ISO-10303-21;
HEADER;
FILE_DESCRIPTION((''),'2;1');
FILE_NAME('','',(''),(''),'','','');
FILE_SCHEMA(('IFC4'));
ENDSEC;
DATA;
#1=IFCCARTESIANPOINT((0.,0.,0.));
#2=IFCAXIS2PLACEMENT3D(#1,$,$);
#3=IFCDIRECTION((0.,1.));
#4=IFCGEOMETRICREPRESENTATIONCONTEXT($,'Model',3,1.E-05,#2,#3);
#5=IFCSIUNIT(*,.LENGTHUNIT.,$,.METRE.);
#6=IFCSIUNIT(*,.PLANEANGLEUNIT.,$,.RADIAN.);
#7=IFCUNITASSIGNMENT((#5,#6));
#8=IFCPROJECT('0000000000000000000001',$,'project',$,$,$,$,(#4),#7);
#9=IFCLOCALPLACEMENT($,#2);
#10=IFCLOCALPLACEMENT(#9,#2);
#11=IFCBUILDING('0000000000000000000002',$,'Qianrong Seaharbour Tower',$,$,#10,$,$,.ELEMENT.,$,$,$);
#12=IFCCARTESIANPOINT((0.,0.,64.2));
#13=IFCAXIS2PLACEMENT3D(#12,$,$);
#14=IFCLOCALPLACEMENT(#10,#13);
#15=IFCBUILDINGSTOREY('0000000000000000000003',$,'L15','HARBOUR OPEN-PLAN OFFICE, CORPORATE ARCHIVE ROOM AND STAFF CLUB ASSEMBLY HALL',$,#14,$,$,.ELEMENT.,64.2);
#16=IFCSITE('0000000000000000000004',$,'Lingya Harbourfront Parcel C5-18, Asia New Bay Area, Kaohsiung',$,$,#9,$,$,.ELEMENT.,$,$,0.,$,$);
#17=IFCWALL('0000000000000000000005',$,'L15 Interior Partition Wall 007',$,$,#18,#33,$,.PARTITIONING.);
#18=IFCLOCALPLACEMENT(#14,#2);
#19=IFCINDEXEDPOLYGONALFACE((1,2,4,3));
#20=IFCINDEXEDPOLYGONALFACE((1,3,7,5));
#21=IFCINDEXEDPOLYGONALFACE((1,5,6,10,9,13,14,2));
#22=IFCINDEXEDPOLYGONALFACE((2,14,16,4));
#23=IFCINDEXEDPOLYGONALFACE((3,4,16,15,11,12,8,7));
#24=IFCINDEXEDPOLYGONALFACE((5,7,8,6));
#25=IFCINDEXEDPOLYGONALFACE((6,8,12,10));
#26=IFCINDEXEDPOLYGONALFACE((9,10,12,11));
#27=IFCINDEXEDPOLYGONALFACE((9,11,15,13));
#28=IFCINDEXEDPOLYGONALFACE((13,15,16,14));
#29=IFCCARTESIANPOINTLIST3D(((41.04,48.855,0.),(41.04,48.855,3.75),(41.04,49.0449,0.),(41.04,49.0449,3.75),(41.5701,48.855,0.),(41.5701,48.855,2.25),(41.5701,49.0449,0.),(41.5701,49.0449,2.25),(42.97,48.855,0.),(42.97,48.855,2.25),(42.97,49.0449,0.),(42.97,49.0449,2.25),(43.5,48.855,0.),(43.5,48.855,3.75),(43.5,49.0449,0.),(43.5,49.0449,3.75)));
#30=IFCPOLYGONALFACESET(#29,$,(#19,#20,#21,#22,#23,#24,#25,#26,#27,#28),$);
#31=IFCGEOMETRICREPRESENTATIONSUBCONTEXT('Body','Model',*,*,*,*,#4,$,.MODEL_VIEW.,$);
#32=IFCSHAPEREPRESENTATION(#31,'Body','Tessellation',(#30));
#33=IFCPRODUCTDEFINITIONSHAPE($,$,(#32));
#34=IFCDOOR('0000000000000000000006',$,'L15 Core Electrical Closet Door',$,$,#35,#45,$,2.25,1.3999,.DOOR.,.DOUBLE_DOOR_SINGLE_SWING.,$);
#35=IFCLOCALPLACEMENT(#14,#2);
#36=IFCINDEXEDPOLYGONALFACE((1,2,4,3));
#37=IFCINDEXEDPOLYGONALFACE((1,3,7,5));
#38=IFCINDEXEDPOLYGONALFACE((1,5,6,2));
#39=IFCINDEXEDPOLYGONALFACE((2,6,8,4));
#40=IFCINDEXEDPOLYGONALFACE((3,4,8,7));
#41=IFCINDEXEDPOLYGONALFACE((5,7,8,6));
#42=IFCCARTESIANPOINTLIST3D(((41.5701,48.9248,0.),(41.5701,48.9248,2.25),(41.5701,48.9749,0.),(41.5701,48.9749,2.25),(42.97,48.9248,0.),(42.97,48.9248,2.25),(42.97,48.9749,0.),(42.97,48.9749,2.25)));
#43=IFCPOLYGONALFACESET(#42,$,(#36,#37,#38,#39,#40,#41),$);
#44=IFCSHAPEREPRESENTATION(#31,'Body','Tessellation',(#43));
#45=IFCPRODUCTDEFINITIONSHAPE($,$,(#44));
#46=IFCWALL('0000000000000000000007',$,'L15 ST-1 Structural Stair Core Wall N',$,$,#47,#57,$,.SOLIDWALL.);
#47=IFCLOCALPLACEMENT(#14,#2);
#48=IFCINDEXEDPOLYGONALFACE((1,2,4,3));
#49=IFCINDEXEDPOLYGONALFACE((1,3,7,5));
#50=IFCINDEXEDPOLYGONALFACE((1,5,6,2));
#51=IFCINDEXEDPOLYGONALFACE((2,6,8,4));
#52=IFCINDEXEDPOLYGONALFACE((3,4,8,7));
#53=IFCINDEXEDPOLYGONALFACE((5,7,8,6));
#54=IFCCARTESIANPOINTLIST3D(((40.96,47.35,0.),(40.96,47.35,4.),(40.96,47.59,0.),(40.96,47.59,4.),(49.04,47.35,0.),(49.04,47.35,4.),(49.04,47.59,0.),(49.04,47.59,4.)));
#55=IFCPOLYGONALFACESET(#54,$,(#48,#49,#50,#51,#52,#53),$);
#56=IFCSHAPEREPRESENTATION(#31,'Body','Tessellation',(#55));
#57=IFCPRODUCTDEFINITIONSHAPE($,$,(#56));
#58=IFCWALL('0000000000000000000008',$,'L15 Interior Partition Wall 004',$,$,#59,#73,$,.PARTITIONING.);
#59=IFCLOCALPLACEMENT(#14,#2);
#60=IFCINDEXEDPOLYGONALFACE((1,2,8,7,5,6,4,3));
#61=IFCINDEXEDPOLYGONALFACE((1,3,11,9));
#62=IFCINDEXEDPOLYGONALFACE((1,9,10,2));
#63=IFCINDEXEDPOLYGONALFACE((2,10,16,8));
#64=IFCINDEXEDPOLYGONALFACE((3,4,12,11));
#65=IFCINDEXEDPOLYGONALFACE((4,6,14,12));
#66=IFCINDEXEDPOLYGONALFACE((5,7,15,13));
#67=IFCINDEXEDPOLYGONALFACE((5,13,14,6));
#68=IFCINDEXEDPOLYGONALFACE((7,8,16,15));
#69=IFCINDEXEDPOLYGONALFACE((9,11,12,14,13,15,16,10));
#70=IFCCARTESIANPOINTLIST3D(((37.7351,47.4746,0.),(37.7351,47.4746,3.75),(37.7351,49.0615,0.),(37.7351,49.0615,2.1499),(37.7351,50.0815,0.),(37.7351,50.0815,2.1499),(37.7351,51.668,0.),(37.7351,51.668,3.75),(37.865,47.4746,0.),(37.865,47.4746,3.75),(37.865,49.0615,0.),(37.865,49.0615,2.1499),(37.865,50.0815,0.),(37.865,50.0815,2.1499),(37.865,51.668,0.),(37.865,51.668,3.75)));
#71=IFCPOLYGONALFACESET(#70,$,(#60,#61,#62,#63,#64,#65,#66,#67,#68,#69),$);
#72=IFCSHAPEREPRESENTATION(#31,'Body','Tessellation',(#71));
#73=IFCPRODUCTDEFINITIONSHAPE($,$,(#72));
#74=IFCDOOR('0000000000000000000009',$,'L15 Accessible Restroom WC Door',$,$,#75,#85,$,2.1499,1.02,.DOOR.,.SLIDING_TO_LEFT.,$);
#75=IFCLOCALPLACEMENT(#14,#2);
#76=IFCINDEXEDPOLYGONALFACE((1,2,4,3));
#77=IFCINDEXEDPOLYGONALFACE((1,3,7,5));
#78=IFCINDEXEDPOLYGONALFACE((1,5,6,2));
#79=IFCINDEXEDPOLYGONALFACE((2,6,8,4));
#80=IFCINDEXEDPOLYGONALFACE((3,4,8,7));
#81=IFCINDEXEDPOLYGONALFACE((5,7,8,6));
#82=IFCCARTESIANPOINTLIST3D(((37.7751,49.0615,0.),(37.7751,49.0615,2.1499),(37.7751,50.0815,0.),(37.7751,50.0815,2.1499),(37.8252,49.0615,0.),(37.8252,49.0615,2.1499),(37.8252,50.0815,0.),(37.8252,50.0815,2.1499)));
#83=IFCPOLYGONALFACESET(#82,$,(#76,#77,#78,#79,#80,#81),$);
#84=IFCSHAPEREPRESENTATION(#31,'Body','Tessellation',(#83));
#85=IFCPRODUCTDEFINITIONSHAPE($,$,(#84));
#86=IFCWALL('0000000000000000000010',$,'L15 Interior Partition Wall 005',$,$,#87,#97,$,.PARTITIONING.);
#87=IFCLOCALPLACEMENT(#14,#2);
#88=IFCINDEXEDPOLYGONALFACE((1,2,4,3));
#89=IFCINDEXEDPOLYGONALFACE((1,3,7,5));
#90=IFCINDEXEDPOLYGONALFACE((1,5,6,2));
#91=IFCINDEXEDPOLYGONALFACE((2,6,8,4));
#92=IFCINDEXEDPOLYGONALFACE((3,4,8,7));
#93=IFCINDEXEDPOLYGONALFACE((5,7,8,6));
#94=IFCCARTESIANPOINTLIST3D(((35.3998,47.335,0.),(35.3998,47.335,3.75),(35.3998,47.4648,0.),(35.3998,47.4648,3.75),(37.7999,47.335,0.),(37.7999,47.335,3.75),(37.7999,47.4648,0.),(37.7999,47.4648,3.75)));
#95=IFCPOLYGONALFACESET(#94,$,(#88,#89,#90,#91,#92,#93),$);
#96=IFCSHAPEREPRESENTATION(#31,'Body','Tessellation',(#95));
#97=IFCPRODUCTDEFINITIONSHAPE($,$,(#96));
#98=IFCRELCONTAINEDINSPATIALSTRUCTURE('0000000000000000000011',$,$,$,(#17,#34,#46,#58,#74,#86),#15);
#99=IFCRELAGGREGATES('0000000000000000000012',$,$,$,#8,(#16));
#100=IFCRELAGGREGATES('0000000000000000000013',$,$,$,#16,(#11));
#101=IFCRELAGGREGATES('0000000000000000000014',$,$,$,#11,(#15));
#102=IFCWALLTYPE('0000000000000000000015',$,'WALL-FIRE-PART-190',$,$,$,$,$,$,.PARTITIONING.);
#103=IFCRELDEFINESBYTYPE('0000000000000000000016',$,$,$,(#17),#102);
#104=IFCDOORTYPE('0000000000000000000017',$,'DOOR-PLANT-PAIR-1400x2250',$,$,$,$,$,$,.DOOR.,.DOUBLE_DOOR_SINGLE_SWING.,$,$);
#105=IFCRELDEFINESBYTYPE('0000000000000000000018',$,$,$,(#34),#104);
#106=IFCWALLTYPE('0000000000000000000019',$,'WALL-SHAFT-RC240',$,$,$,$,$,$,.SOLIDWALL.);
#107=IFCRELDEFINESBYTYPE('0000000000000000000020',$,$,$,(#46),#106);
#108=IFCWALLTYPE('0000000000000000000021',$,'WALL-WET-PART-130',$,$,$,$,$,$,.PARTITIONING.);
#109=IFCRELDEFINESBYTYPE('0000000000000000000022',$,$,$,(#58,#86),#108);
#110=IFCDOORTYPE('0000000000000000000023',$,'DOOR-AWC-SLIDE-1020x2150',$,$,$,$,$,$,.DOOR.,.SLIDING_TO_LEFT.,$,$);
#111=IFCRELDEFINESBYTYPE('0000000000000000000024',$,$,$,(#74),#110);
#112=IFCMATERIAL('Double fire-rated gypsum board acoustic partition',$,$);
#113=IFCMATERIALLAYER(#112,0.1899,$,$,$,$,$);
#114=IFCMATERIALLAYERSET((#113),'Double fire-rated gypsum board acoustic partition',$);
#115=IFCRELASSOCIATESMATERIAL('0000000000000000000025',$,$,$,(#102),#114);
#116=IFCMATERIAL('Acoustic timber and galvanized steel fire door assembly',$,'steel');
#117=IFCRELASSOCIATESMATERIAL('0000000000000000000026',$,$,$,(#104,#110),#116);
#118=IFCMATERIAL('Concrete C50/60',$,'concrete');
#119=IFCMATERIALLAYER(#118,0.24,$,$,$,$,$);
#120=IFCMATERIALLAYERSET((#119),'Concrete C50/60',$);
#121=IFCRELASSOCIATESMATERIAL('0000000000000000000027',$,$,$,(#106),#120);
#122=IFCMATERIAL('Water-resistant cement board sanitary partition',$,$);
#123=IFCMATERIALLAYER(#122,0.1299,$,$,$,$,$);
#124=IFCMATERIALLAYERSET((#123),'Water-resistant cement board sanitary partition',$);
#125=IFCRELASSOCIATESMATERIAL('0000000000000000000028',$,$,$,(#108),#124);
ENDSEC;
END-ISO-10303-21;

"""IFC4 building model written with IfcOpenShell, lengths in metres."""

from ifc_helpers import new_model, si_unit, direction, frame, frame_2d, origin, place, context, subcontext, project, spatial, rectangle, extrude, material, layer, layer_set, type_object, element, fill, save


model = new_model("IFC4")

# Units and contexts
model_context = context("Model", 3, precision=1e-05, world=origin(), true_north=direction((0.0, 1.0)))
body_context = subcontext(model_context, "Body", "Model", "MODEL_VIEW")
ifc_project = project(units=[si_unit("LENGTHUNIT", "METRE"), si_unit("PLANEANGLEUNIT", "RADIAN")], contexts=[model_context])

# Site, building, storey
site_placement = place(None, origin())
site = spatial("IfcSite", under=ifc_project, at=site_placement, Name="Lingya Harbourfront Parcel C5-18, Asia New Bay Area, Kaohsiung", CompositionType="ELEMENT", RefElevation=0.0)
building_placement = place(site_placement, origin())
building = spatial("IfcBuilding", under=site, at=building_placement, Name="Qianrong Seaharbour Tower", CompositionType="ELEMENT")
storey_placement = place(building_placement, frame((0.0, 0.0, 64.2)))
storey = spatial("IfcBuildingStorey", under=building, at=storey_placement, Name="L15", Description="HARBOUR OPEN-PLAN OFFICE, CORPORATE ARCHIVE ROOM AND STAFF CLUB ASSEMBLY HALL", CompositionType="ELEMENT", Elevation=64.2)

# Shared definitions
ifc_material_1 = material(Name="Acoustic timber and galvanized steel fire door assembly", Category="steel")

# Wall, opening, door
ifc_material_2 = material(Name="Double fire-rated gypsum board acoustic partition")
ifc_layer_1 = layer(ifc_material_2, 0.1899)
ifc_layer_set_1 = layer_set([ifc_layer_1], Name="Double fire-rated gypsum board acoustic partition")
wall_type_1 = type_object("IfcWallType", Name="WALL-FIRE-PART-190", PredefinedType="PARTITIONING", material=ifc_layer_set_1)
wall_1_placement = place(storey_placement, frame((41.04, 48.95, 0.0), z_axis=(0.0, 0.0, 1.0), x_axis=(1.0, 0.0, 0.0)))
wall_1 = element("IfcWall", 1, at=wall_1_placement, inside=storey, type_object=wall_type_1, Name="L15 Interior Partition Wall 007", PredefinedType="PARTITIONING", context=body_context, shape_type="SweptSolid", body=[
    extrude(rectangle(XDim=2.46, YDim=0.1899, at=frame_2d((1.23, 0.0))), origin(), (0.0, 0.0, 1.0), 3.75),
])
opening_1_placement = place(wall_1_placement, frame((0.53, 0.0, 0.0)))
opening_1 = element("IfcOpeningElement", 2, at=opening_1_placement, cuts=wall_1, PredefinedType="OPENING", context=body_context, shape_type="SweptSolid", body=[
    extrude(rectangle(XDim=1.3999, YDim=2.25, at=frame_2d((0.7, 1.125))), frame((0.0, 0.105, 0.0), z_axis=(0.0, -1.0, 0.0), x_axis=(1.0, 0.0, 0.0)), (0.0, 0.0, 1.0), 0.21),
])
door_type_1 = type_object("IfcDoorType", Name="DOOR-PLANT-PAIR-1400x2250", OperationType="DOUBLE_DOOR_SINGLE_SWING", PredefinedType="DOOR", material=ifc_material_1)
door_1_placement = place(opening_1_placement, origin())
door_1 = element("IfcDoor", 3, at=door_1_placement, inside=storey, type_object=door_type_1, Name="L15 Core Electrical Closet Door", OperationType="DOUBLE_DOOR_SINGLE_SWING", OverallHeight=2.25, OverallWidth=1.3999, PredefinedType="DOOR", context=body_context, shape_type="SweptSolid", body=[
    extrude(rectangle(XDim=1.3999, YDim=2.25, at=frame_2d((0.7, 1.125))), frame((0.0, 0.0249, 0.0), z_axis=(0.0, -1.0, 0.0), x_axis=(1.0, 0.0, 0.0)), (0.0, 0.0, 1.0), 0.05),
])
fill(opening_1, door_1)

# Wall
ifc_material_3 = material(Name="Concrete C50/60", Category="concrete")
ifc_layer_2 = layer(ifc_material_3, 0.24)
ifc_layer_set_2 = layer_set([ifc_layer_2], Name="Concrete C50/60")
wall_type_2 = type_object("IfcWallType", Name="WALL-SHAFT-RC240", PredefinedType="SOLIDWALL", material=ifc_layer_set_2)
wall_2_placement = place(storey_placement, frame((40.96, 47.47, 0.0), z_axis=(0.0, 0.0, 1.0), x_axis=(1.0, 0.0, 0.0)))
element("IfcWall", 4, at=wall_2_placement, inside=storey, type_object=wall_type_2, Name="L15 ST-1 Structural Stair Core Wall N", PredefinedType="SOLIDWALL", context=body_context, shape_type="SweptSolid", body=[
    extrude(rectangle(XDim=8.0801, YDim=0.24, at=frame_2d((4.04, 0.0))), origin(), (0.0, 0.0, 1.0), 4.0),
])

# Wall, opening, door
ifc_material_4 = material(Name="Water-resistant cement board sanitary partition")
ifc_layer_3 = layer(ifc_material_4, 0.1299)
ifc_layer_set_3 = layer_set([ifc_layer_3], Name="Water-resistant cement board sanitary partition")
wall_type_3 = type_object("IfcWallType", Name="WALL-WET-PART-130", PredefinedType="PARTITIONING", material=ifc_layer_set_3)
wall_3_placement = place(storey_placement, frame((37.8, 47.4746, 0.0), z_axis=(0.0, 0.0, 1.0), x_axis=(0.0, 1.0, 0.0)))
wall_3 = element("IfcWall", 5, at=wall_3_placement, inside=storey, type_object=wall_type_3, Name="L15 Interior Partition Wall 004", PredefinedType="PARTITIONING", context=body_context, shape_type="SweptSolid", body=[
    extrude(rectangle(XDim=4.1934, YDim=0.1299, at=frame_2d((2.0967, 0.0))), origin(), (0.0, 0.0, 1.0), 3.75),
])
opening_2_placement = place(wall_3_placement, frame((1.5869, 0.0, 0.0)))
opening_2 = element("IfcOpeningElement", 6, at=opening_2_placement, cuts=wall_3, PredefinedType="OPENING", context=body_context, shape_type="SweptSolid", body=[
    extrude(rectangle(XDim=1.02, YDim=2.1499, at=frame_2d((0.51, 1.075))), frame((0.0, 0.075, 0.0), z_axis=(0.0, -1.0, 0.0), x_axis=(1.0, 0.0, 0.0)), (0.0, 0.0, 1.0), 0.1499),
])
door_type_2 = type_object("IfcDoorType", Name="DOOR-AWC-SLIDE-1020x2150", OperationType="SLIDING_TO_LEFT", PredefinedType="DOOR", material=ifc_material_1)
door_2_placement = place(opening_2_placement, origin())
door_2 = element("IfcDoor", 7, at=door_2_placement, inside=storey, type_object=door_type_2, Name="L15 Accessible Restroom WC Door", OperationType="SLIDING_TO_LEFT", OverallHeight=2.1499, OverallWidth=1.02, PredefinedType="DOOR", context=body_context, shape_type="SweptSolid", body=[
    extrude(rectangle(XDim=1.02, YDim=2.1499, at=frame_2d((0.51, 1.075))), frame((0.0, 0.0249, 0.0), z_axis=(0.0, -1.0, 0.0), x_axis=(1.0, 0.0, 0.0)), (0.0, 0.0, 1.0), 0.05),
])
fill(opening_2, door_2)

# Wall
wall_4_placement = place(storey_placement, frame((37.8, 47.3999, 0.0), z_axis=(0.0, 0.0, 1.0), x_axis=(-1.0, 0.0, 0.0)))
element("IfcWall", 8, at=wall_4_placement, inside=storey, type_object=wall_type_3, Name="L15 Interior Partition Wall 005", PredefinedType="PARTITIONING", context=body_context, shape_type="SweptSolid", body=[
    extrude(rectangle(XDim=2.4001, YDim=0.1299, at=frame_2d((1.2002, 0.0))), origin(), (0.0, 0.0, 1.0), 3.75),
])

save(model, "model.ifc")
